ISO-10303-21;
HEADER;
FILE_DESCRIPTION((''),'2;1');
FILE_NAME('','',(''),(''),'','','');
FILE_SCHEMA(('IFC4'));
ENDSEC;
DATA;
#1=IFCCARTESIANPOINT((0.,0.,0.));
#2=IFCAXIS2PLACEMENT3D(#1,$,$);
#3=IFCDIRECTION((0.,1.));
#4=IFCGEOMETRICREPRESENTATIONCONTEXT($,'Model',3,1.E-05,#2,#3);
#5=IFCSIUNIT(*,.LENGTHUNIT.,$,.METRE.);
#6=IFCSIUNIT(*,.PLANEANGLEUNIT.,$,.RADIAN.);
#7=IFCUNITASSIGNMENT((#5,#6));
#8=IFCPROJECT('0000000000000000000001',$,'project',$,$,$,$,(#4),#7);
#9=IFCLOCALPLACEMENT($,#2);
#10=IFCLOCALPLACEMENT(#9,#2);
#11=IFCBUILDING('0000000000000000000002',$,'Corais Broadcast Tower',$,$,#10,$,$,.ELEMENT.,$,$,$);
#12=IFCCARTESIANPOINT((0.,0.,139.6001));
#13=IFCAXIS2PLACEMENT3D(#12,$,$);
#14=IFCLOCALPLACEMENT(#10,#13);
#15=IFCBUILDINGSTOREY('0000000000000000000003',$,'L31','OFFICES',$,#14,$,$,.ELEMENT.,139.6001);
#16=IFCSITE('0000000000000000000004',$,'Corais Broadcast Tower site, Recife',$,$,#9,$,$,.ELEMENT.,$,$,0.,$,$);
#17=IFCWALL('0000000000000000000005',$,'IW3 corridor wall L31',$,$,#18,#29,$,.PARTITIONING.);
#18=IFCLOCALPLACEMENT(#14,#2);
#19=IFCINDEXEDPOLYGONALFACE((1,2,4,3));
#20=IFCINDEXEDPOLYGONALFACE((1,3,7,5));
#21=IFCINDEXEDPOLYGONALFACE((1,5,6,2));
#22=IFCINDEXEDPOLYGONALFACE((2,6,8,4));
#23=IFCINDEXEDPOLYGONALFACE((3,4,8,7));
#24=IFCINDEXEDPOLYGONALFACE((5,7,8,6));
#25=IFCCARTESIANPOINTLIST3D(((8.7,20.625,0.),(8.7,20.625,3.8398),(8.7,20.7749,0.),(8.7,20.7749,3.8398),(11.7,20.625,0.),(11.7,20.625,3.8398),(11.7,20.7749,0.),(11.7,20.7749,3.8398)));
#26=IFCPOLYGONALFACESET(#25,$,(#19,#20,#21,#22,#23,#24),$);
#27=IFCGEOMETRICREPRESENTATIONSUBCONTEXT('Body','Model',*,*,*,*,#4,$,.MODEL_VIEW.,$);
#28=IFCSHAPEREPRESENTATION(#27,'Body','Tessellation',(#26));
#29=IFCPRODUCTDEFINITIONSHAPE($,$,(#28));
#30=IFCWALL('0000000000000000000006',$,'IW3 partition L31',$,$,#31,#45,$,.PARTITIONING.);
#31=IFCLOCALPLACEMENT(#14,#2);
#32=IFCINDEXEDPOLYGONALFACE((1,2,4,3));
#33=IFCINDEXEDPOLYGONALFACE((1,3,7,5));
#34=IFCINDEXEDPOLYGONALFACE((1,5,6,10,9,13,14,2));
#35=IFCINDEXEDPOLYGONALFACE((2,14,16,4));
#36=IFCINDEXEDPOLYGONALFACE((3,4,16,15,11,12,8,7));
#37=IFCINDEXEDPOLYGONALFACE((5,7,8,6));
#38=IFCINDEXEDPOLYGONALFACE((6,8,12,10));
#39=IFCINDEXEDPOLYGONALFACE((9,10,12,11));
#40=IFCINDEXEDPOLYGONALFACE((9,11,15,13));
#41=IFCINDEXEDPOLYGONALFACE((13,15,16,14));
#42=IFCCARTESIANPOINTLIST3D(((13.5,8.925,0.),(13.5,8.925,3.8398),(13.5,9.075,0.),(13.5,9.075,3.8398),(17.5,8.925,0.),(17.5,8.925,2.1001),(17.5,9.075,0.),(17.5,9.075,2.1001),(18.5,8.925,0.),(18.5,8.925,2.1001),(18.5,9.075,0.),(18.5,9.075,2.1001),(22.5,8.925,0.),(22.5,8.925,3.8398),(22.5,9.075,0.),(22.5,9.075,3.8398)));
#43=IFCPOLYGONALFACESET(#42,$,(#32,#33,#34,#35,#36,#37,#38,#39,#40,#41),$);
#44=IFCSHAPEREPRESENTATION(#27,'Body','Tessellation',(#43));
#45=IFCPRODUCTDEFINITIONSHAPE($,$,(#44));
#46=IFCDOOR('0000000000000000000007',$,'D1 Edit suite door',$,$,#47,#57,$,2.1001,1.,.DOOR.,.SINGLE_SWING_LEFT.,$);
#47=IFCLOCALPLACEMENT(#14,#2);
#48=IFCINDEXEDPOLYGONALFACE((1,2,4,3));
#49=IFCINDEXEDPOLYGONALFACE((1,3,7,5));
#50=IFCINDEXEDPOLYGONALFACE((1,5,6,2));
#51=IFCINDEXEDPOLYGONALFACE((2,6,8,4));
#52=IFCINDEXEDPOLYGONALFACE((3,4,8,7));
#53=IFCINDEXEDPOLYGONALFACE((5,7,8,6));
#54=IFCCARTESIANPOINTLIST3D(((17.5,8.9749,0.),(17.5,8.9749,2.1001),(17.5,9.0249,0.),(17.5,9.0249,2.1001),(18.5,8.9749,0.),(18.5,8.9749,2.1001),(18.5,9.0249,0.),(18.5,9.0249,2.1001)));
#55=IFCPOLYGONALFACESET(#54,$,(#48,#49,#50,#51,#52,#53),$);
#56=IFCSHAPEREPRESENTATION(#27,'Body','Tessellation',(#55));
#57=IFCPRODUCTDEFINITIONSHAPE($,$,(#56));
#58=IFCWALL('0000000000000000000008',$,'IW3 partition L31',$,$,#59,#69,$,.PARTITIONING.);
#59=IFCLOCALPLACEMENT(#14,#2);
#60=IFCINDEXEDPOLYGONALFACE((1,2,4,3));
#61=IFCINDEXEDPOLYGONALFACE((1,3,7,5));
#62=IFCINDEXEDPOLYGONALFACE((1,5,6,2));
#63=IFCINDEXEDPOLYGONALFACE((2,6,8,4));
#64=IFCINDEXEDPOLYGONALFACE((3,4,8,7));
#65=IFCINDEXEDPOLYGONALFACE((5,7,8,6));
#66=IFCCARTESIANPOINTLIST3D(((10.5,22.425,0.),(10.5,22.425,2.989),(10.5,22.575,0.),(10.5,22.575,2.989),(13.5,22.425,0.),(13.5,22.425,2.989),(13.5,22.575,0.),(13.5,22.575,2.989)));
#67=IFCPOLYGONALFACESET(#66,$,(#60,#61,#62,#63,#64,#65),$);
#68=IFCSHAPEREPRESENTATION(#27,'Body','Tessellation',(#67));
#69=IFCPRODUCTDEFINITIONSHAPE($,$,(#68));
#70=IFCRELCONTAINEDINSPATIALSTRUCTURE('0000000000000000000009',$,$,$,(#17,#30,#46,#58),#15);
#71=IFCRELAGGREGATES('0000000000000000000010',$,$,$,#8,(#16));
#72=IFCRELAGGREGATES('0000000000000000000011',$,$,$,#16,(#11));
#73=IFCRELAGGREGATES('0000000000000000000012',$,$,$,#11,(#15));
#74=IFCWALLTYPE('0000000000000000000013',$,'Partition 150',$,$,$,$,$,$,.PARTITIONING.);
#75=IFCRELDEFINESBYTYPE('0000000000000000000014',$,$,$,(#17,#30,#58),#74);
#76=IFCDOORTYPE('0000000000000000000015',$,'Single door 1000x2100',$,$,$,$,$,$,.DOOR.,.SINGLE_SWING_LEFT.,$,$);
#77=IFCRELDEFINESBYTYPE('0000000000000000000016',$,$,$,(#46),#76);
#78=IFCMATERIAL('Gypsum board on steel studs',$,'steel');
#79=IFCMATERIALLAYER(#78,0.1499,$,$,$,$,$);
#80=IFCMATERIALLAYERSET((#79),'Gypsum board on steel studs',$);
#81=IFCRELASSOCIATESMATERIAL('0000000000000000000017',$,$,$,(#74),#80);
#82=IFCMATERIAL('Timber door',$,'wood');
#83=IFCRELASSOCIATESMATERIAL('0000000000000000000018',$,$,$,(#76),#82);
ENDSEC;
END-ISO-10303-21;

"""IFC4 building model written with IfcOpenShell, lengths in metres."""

from ifc_helpers import new_model, si_unit, direction, frame, frame_2d, origin, place, context, subcontext, project, spatial, rectangle, extrude, material, layer, layer_set, type_object, element, fill, save


model = new_model("IFC4")

# Units and contexts
model_context = context("Model", 3, precision=1e-05, world=origin(), true_north=direction((0.0, 1.0)))
body_context = subcontext(model_context, "Body", "Model", "MODEL_VIEW")
ifc_project = project(units=[si_unit("LENGTHUNIT", "METRE"), si_unit("PLANEANGLEUNIT", "RADIAN")], contexts=[model_context])

# Site, building, storey
site_placement = place(None, origin())
site = spatial("IfcSite", under=ifc_project, at=site_placement, Name="Corais Broadcast Tower site, Recife", CompositionType="ELEMENT", RefElevation=0.0)
building_placement = place(site_placement, origin())
building = spatial("IfcBuilding", under=site, at=building_placement, Name="Corais Broadcast Tower", CompositionType="ELEMENT")
storey_placement = place(building_placement, frame((0.0, 0.0, 139.6001)))
storey = spatial("IfcBuildingStorey", under=building, at=storey_placement, Name="L31", Description="OFFICES", CompositionType="ELEMENT", Elevation=139.6001)

# Shared definitions
ifc_material_1 = material(Name="Gypsum board on steel studs", Category="steel")
ifc_layer_1 = layer(ifc_material_1, 0.1499)
ifc_layer_set_1 = layer_set([ifc_layer_1], Name="Gypsum board on steel studs")
wall_type_1 = type_object("IfcWallType", Name="Partition 150", PredefinedType="PARTITIONING", material=ifc_layer_set_1)
ifc_material_2 = material(Name="Timber door", Category="wood")
door_type = type_object("IfcDoorType", Name="Single door 1000x2100", OperationType="SINGLE_SWING_LEFT", PredefinedType="DOOR", material=ifc_material_2)

# Wall
wall_1_placement = place(storey_placement, frame((8.7, 20.7, 0.0), z_axis=(0.0, 0.0, 1.0), x_axis=(1.0, 0.0, 0.0)))
element("IfcWall", 1, at=wall_1_placement, inside=storey, type_object=wall_type_1, Name="IW3 corridor wall L31", PredefinedType="PARTITIONING", context=body_context, shape_type="SweptSolid", body=[
    extrude(rectangle(XDim=3.0, YDim=0.1499, at=frame_2d((1.5, 0.0))), origin(), (0.0, 0.0, 1.0), 3.8398),
])

# Wall, opening, door
wall_2_placement = place(storey_placement, frame((13.5, 9.0, 0.0), z_axis=(0.0, 0.0, 1.0), x_axis=(1.0, 0.0, 0.0)))
wall_2 = element("IfcWall", 2, at=wall_2_placement, inside=storey, type_object=wall_type_1, Name="IW3 partition L31", PredefinedType="PARTITIONING", context=body_context, shape_type="SweptSolid", body=[
    extrude(rectangle(XDim=9.0, YDim=0.1499, at=frame_2d((4.5, 0.0))), origin(), (0.0, 0.0, 1.0), 3.8398),
])
opening_1_placement = place(wall_2_placement, frame((4.0, 0.0, 0.0)))
opening_1 = element("IfcOpeningElement", 3, at=opening_1_placement, cuts=wall_2, PredefinedType="OPENING", context=body_context, shape_type="SweptSolid", body=[
    extrude(rectangle(XDim=1.0, YDim=2.1001, at=frame_2d((0.5, 1.05))), frame((0.0, 0.085, 0.0), z_axis=(0.0, -1.0, 0.0), x_axis=(1.0, 0.0, 0.0)), (0.0, 0.0, 1.0), 0.1699),
])
door_1_placement = place(opening_1_placement, origin())
door_1 = element("IfcDoor", 4, at=door_1_placement, inside=storey, type_object=door_type, Name="D1 Edit suite door", OperationType="SINGLE_SWING_LEFT", OverallHeight=2.1001, OverallWidth=1.0, PredefinedType="DOOR", context=body_context, shape_type="SweptSolid", body=[
    extrude(rectangle(XDim=1.0, YDim=2.1001, at=frame_2d((0.5, 1.05))), frame((0.0, 0.0249, 0.0), z_axis=(0.0, -1.0, 0.0), x_axis=(1.0, 0.0, 0.0)), (0.0, 0.0, 1.0), 0.05),
])
fill(opening_1, door_1)

# Wall
wall_3_placement = place(storey_placement, frame((10.5, 22.5, 0.0), z_axis=(0.0, 0.0, 1.0), x_axis=(1.0, 0.0, 0.0)))
element("IfcWall", 5, at=wall_3_placement, inside=storey, type_object=wall_type_1, Name="IW3 partition L31", PredefinedType="PARTITIONING", context=body_context, shape_type="SweptSolid", body=[
    extrude(rectangle(XDim=3.0, YDim=0.1499, at=frame_2d((1.5, 0.0))), origin(), (0.0, 0.0, 1.0), 2.989),
])

save(model, "model.ifc")
